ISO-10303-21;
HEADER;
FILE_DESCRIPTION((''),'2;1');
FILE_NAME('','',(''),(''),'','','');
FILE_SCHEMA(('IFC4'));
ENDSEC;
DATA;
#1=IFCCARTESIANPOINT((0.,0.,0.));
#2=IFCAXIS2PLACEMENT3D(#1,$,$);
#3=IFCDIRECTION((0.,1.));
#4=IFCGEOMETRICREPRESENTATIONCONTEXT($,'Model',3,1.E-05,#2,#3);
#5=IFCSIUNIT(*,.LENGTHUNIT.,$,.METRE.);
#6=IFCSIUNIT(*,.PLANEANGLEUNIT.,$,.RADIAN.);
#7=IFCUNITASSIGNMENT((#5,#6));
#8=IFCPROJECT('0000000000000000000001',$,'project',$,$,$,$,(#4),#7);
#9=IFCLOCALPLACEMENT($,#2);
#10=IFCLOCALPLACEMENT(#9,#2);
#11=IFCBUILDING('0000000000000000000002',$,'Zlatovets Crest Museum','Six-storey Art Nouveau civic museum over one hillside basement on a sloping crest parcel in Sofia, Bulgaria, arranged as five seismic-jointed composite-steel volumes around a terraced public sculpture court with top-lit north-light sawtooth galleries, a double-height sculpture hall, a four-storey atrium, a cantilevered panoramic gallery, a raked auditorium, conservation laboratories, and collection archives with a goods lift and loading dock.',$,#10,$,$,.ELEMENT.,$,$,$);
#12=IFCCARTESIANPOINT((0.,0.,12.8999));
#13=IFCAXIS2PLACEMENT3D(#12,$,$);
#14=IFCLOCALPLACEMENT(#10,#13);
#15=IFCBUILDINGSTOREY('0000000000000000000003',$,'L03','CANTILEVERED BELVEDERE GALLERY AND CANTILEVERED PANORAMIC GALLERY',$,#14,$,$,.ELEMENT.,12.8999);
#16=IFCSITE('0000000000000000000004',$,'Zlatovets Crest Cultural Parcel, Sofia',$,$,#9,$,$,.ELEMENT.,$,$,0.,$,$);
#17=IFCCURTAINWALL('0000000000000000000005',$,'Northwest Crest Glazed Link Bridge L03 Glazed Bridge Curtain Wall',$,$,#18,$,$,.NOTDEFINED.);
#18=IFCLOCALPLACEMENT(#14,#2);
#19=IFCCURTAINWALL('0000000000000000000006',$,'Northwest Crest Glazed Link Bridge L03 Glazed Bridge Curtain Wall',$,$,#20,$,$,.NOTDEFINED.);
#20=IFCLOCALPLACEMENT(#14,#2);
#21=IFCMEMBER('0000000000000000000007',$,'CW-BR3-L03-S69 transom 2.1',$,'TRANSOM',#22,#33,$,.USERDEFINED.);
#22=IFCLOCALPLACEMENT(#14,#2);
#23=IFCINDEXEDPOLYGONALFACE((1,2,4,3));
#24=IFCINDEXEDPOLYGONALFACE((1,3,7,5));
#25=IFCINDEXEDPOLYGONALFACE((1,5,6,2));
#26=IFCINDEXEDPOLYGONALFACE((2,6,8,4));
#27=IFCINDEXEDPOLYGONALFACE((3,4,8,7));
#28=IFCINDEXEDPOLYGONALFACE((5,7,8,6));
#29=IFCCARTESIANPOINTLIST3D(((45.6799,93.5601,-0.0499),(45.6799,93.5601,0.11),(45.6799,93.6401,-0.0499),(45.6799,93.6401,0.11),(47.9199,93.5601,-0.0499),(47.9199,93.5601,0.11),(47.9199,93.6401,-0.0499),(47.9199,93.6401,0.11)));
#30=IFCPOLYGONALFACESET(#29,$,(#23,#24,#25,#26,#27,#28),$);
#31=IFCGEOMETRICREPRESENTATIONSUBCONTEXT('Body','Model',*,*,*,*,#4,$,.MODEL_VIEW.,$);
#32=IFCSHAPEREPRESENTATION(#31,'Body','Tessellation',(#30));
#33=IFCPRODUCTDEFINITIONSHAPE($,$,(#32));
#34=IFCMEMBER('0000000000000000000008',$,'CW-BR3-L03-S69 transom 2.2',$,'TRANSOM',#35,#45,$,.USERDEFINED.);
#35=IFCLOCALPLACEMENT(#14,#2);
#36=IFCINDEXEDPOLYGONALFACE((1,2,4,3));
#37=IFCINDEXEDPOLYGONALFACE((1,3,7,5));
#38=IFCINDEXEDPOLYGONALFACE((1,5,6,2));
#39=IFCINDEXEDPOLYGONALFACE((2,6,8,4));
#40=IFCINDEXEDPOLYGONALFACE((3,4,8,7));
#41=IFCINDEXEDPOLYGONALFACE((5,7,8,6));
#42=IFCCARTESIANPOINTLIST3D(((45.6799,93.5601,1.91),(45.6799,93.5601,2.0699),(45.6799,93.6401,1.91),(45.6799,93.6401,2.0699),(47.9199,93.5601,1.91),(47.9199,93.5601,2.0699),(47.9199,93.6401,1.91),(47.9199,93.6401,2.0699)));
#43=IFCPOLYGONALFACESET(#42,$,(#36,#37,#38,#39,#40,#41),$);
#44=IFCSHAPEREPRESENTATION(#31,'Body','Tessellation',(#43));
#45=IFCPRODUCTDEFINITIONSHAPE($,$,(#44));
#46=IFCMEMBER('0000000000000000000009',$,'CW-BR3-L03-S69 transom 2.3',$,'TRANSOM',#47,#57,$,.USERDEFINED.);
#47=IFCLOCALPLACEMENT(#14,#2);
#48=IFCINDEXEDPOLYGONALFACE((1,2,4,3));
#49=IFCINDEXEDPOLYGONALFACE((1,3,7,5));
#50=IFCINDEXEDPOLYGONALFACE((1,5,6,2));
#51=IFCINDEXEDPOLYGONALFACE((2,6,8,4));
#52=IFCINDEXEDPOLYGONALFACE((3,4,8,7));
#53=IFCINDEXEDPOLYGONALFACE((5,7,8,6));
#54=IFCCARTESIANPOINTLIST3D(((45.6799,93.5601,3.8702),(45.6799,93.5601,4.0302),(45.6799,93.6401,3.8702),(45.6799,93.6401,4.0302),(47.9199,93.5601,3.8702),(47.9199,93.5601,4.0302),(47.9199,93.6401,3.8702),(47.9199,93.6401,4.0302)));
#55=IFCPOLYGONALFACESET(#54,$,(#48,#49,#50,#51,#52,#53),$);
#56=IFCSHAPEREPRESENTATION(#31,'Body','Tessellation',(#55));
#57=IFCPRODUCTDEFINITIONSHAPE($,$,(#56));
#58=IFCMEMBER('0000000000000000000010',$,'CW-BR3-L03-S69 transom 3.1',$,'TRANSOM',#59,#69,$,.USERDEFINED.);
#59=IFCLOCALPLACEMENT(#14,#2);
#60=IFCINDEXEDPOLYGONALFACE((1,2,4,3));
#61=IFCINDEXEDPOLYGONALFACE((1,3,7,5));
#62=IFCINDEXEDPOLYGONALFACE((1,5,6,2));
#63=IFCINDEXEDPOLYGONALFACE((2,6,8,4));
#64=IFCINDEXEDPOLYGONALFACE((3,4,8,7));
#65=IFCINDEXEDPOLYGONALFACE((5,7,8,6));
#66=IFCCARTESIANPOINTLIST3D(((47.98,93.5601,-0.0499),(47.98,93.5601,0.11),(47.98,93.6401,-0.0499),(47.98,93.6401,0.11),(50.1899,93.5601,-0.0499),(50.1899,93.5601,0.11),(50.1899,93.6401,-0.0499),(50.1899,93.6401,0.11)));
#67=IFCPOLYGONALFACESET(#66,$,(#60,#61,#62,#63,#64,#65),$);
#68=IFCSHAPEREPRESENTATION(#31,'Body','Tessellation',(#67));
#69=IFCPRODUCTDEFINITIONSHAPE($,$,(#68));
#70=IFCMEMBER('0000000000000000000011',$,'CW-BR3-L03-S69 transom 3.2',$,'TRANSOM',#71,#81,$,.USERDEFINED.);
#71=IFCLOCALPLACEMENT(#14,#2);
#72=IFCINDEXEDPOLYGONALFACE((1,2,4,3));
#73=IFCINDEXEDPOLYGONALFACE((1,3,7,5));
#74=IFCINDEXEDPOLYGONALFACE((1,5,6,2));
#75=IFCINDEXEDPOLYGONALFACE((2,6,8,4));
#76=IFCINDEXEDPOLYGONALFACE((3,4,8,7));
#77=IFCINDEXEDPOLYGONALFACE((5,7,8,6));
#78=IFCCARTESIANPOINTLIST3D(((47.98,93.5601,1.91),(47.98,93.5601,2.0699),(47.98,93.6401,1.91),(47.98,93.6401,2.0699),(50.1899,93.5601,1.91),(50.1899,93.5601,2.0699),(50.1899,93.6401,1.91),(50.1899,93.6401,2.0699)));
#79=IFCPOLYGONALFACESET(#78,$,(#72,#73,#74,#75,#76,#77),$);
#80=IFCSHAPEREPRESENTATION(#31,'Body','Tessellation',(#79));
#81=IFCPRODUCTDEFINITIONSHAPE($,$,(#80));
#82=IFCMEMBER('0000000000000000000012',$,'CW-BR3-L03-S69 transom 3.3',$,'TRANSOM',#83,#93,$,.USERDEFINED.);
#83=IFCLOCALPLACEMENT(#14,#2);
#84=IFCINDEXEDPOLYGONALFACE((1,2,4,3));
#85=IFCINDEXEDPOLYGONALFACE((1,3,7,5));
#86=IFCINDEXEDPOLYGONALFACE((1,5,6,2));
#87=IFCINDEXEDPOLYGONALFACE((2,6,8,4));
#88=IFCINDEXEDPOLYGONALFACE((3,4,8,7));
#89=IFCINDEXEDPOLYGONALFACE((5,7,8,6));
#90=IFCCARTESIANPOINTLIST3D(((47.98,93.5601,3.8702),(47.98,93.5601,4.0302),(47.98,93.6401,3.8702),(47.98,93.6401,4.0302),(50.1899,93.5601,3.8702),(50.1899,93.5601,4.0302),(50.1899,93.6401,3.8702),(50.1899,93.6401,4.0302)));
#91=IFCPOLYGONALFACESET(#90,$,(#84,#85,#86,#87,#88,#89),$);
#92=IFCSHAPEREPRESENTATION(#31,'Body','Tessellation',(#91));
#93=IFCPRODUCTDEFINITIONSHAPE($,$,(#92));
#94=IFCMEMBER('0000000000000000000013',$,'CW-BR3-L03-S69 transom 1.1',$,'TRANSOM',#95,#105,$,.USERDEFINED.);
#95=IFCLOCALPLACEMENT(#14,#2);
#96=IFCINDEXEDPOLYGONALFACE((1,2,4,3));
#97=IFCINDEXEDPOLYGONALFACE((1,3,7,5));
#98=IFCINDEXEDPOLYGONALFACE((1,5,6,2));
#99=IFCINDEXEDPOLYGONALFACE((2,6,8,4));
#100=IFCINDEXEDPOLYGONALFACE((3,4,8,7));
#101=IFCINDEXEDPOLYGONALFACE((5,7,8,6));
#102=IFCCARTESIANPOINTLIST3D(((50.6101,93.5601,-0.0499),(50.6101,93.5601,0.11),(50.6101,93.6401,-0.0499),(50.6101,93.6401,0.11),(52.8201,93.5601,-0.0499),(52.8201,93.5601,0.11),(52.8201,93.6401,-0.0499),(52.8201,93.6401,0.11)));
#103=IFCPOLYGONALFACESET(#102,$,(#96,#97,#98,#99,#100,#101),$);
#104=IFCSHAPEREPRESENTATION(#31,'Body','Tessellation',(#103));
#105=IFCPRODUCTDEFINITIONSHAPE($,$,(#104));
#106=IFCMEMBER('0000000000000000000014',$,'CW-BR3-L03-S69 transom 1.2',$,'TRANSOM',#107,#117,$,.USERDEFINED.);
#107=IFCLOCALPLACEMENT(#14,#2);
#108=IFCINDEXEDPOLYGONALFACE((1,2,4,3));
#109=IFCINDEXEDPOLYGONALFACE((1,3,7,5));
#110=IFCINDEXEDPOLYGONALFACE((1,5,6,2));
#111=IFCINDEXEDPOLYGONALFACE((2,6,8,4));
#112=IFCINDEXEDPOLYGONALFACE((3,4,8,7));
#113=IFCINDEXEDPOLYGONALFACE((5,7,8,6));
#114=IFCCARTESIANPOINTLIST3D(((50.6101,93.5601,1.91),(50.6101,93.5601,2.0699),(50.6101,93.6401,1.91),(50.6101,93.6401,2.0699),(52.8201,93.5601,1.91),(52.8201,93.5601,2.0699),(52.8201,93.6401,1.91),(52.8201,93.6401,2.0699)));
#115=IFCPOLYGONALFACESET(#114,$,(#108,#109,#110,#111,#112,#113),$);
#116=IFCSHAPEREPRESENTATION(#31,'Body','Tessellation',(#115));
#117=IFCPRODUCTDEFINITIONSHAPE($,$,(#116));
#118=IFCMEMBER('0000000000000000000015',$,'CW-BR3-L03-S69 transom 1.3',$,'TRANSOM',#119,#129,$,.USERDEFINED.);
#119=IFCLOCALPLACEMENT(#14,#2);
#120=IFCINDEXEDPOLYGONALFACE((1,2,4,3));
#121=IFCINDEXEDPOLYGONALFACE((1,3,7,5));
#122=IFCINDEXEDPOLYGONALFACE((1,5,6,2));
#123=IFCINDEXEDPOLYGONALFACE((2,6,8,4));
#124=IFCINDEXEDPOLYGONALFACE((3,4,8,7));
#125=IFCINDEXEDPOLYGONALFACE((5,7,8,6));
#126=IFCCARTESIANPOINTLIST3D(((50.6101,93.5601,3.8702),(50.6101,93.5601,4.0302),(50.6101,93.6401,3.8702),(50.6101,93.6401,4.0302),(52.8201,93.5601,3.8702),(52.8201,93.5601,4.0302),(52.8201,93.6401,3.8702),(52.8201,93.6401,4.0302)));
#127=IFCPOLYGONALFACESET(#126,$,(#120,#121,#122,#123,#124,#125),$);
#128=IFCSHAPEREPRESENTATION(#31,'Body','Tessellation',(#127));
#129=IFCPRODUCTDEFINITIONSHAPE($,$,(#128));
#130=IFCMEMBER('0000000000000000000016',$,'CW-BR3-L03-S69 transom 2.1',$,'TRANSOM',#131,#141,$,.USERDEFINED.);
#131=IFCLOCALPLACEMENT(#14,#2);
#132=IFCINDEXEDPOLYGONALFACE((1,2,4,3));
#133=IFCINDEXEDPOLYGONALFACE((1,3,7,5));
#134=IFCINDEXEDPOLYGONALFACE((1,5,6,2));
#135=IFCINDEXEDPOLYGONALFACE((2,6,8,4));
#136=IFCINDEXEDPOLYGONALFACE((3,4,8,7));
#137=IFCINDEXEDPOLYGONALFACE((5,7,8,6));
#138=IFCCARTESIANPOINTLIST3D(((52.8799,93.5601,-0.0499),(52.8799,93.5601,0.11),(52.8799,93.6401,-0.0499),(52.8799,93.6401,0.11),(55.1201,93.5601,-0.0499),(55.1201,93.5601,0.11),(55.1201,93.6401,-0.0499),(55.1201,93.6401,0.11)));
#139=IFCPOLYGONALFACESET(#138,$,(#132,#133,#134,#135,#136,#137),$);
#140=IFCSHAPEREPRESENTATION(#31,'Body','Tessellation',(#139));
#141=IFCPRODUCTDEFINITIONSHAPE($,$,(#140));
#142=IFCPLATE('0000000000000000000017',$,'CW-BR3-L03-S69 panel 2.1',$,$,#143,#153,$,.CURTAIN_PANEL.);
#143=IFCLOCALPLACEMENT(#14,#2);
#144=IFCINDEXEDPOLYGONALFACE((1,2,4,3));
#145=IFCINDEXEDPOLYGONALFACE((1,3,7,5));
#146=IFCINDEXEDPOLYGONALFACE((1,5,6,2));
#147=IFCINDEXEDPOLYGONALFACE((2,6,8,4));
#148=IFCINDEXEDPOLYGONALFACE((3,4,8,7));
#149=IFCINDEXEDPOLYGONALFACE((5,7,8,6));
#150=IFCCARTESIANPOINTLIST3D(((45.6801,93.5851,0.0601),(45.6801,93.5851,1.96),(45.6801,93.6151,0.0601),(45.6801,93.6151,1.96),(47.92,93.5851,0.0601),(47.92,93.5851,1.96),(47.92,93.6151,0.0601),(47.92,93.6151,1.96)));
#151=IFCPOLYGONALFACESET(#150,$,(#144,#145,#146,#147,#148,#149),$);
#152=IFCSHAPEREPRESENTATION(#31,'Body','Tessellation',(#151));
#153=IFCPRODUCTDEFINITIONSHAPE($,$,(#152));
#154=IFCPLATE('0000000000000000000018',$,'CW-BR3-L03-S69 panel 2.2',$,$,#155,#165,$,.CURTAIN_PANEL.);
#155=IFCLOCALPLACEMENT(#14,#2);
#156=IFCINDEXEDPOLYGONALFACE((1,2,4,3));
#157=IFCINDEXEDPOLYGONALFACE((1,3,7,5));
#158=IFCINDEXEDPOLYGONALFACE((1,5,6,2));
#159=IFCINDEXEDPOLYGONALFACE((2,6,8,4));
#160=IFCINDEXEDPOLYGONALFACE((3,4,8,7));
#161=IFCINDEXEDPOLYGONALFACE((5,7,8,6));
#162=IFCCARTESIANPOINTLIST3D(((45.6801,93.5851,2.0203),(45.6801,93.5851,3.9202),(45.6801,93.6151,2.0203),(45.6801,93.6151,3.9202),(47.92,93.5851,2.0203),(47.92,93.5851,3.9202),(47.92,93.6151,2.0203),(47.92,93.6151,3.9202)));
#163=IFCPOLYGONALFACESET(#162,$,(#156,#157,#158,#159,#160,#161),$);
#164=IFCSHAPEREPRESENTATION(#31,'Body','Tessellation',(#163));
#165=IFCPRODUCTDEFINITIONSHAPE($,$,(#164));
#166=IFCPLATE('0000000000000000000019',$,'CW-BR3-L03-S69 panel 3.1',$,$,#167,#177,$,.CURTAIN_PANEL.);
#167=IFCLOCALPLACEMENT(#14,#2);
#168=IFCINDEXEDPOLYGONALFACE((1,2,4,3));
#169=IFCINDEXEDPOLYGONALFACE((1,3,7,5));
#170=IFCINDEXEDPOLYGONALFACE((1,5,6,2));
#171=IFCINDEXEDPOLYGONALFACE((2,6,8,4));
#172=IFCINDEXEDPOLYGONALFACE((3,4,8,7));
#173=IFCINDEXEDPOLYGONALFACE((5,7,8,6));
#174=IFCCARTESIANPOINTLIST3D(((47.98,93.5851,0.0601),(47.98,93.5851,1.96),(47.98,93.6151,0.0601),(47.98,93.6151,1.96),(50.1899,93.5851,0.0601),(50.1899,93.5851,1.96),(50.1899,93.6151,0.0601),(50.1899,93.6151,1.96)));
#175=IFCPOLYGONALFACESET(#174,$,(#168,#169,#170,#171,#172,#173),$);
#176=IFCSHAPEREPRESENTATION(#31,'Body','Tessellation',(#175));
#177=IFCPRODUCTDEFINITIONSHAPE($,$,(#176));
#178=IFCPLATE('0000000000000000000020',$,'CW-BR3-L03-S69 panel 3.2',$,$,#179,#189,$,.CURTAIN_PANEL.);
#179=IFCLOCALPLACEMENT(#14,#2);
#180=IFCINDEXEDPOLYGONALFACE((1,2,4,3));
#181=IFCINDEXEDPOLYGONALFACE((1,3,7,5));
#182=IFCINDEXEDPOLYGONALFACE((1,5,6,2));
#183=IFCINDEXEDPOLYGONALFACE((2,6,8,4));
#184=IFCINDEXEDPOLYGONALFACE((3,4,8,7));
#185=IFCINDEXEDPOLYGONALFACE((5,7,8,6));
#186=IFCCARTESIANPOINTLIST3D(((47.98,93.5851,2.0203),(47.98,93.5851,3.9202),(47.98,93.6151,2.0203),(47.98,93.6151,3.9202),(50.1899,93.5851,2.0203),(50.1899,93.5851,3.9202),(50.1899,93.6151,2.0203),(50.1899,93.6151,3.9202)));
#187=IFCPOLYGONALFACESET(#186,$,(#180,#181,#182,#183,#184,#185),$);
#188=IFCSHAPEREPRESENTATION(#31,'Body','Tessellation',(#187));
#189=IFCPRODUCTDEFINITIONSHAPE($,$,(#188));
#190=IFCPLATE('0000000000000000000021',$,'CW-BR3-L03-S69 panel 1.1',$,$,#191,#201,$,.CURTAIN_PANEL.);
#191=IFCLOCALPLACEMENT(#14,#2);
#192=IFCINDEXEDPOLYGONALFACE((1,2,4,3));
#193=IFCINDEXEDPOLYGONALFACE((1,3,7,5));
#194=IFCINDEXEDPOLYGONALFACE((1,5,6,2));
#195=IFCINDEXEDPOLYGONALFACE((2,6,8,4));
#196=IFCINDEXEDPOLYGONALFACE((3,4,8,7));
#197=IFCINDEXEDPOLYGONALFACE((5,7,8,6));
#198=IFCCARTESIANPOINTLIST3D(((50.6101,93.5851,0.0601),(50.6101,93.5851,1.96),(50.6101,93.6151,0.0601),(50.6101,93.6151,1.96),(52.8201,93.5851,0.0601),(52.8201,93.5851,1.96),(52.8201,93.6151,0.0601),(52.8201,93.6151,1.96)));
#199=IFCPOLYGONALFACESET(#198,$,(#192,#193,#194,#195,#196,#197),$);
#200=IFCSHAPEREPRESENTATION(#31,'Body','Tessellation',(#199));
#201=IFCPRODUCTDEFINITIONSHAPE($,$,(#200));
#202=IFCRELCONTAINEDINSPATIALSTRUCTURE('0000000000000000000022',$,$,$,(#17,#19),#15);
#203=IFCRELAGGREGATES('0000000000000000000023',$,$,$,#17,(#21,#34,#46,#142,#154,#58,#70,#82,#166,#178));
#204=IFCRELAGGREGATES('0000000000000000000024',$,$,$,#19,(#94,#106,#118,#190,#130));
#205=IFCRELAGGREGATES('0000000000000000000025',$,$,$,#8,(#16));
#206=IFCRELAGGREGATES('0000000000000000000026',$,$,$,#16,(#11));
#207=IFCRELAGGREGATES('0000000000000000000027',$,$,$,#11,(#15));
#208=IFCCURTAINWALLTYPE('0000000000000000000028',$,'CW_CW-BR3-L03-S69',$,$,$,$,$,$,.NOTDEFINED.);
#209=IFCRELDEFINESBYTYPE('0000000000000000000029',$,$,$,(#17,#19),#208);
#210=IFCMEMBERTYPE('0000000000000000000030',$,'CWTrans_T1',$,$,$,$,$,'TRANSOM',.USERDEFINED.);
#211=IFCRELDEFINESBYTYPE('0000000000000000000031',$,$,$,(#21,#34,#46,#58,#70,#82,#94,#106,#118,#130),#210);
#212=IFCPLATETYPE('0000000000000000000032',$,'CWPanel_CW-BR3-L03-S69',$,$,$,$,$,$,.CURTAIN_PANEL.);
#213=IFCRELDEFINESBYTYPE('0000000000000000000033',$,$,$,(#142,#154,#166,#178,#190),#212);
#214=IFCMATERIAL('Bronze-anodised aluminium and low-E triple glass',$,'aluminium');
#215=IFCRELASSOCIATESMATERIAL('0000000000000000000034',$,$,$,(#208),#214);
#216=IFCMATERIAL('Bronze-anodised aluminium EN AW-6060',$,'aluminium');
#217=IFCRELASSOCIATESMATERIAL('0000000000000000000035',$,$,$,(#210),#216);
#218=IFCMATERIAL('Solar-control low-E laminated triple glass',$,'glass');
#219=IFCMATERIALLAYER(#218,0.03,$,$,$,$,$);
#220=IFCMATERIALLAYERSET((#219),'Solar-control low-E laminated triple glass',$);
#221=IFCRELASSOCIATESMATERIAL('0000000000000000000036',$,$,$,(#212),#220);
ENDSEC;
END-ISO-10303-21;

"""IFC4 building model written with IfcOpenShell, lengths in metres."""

from ifc_helpers import new_model, si_unit, direction, frame, origin, origin_2d, place, context, subcontext, project, spatial, rectangle, extrude, material, layer, layer_set, material_profile, profile_set, type_object, element, aggregate, save


model = new_model("IFC4")

# Units and contexts
model_context = context("Model", 3, precision=1e-05, world=origin(), true_north=direction((0.0, 1.0)))
body_context = subcontext(model_context, "Body", "Model", "MODEL_VIEW")
ifc_project = project(units=[si_unit("LENGTHUNIT", "METRE"), si_unit("PLANEANGLEUNIT", "RADIAN")], contexts=[model_context])

# Site, building, storey
site_placement = place(None, origin())
site = spatial("IfcSite", under=ifc_project, at=site_placement, Name="Zlatovets Crest Cultural Parcel, Sofia", CompositionType="ELEMENT", RefElevation=0.0)
building_placement = place(site_placement, origin())
building = spatial("IfcBuilding", under=site, at=building_placement, Name="Zlatovets Crest Museum", Description="Six-storey Art Nouveau civic museum over one hillside basement on a sloping crest parcel in Sofia, Bulgaria, arranged as five seismic-jointed composite-steel volumes around a terraced public sculpture court with top-lit north-light sawtooth galleries, a double-height sculpture hall, a four-storey atrium, a cantilevered panoramic gallery, a raked auditorium, conservation laboratories, and collection archives with a goods lift and loading dock.", CompositionType="ELEMENT")
storey_placement = place(building_placement, frame((0.0, 0.0, 12.8999)))
storey = spatial("IfcBuildingStorey", under=building, at=storey_placement, Name="L03", Description="CANTILEVERED BELVEDERE GALLERY AND CANTILEVERED PANORAMIC GALLERY", CompositionType="ELEMENT", Elevation=12.8999)

# Curtain walls
ifc_material_1 = material(Name="Bronze-anodised aluminium and low-E triple glass", Category="aluminium")
curtain_wall_type = type_object("IfcCurtainWallType", Name="CW_CW-BR3-L03-S69", PredefinedType="NOTDEFINED", material=ifc_material_1)
curtain_wall_1_placement = place(storey_placement, origin())
curtain_wall_1 = element("IfcCurtainWall", 1, at=curtain_wall_1_placement, inside=storey, type_object=curtain_wall_type, Name="Northwest Crest Glazed Link Bridge L03 Glazed Bridge Curtain Wall", PredefinedType="NOTDEFINED")
ifc_material_2 = material(Name="Bronze-anodised aluminium EN AW-6060", Category="aluminium")
curtain_wall_2_placement = place(storey_placement, origin())
curtain_wall_2 = element("IfcCurtainWall", 2, at=curtain_wall_2_placement, inside=storey, type_object=curtain_wall_type, Name="Northwest Crest Glazed Link Bridge L03 Glazed Bridge Curtain Wall", PredefinedType="NOTDEFINED")

# Members
ifc_material_profile_1 = material_profile(ifc_material_2, rectangle(XDim=0.0801, YDim=0.1599, at=origin_2d()), Name="ALU 80x160")
ifc_profile_set_1 = profile_set([ifc_material_profile_1], Name="Bronze-anodised aluminium EN AW-6060")
member_type_1 = type_object("IfcMemberType", Name="CWTrans_T1", ElementType="TRANSOM", PredefinedType="USERDEFINED", material=ifc_profile_set_1)
member_1_placement = place(storey_placement, frame((45.6799, 93.6001, 0.03), z_axis=(1.0, 0.0, 0.0), x_axis=(0.0, 1.0, 0.0)))
member_1 = element("IfcMember", 3, at=member_1_placement, type_object=member_type_1, Name="CW-BR3-L03-S69 transom 2.1", ObjectType="TRANSOM", PredefinedType="USERDEFINED", context=body_context, shape_type="SweptSolid", body=[
    extrude(rectangle(XDim=0.0801, YDim=0.1599, at=origin_2d()), origin(), (0.0, 0.0, 1.0), 2.24),
])
member_2_placement = place(storey_placement, frame((45.6799, 93.6001, 1.99), z_axis=(1.0, 0.0, 0.0), x_axis=(0.0, 1.0, 0.0)))
member_2 = element("IfcMember", 4, at=member_2_placement, type_object=member_type_1, Name="CW-BR3-L03-S69 transom 2.2", ObjectType="TRANSOM", PredefinedType="USERDEFINED", context=body_context, shape_type="SweptSolid", body=[
    extrude(rectangle(XDim=0.0801, YDim=0.1599, at=origin_2d()), origin(), (0.0, 0.0, 1.0), 2.24),
])
member_3_placement = place(storey_placement, frame((45.6799, 93.6001, 3.9502), z_axis=(1.0, 0.0, 0.0), x_axis=(0.0, 1.0, 0.0)))
member_3 = element("IfcMember", 5, at=member_3_placement, type_object=member_type_1, Name="CW-BR3-L03-S69 transom 2.3", ObjectType="TRANSOM", PredefinedType="USERDEFINED", context=body_context, shape_type="SweptSolid", body=[
    extrude(rectangle(XDim=0.0801, YDim=0.1599, at=origin_2d()), origin(), (0.0, 0.0, 1.0), 2.24),
])
member_4_placement = place(storey_placement, frame((47.98, 93.6001, 0.03), z_axis=(1.0, 0.0, 0.0), x_axis=(0.0, 1.0, 0.0)))
member_4 = element("IfcMember", 6, at=member_4_placement, type_object=member_type_1, Name="CW-BR3-L03-S69 transom 3.1", ObjectType="TRANSOM", PredefinedType="USERDEFINED", context=body_context, shape_type="SweptSolid", body=[
    extrude(rectangle(XDim=0.0801, YDim=0.1599, at=origin_2d()), origin(), (0.0, 0.0, 1.0), 2.21),
])
member_5_placement = place(storey_placement, frame((47.98, 93.6001, 1.99), z_axis=(1.0, 0.0, 0.0), x_axis=(0.0, 1.0, 0.0)))
member_5 = element("IfcMember", 7, at=member_5_placement, type_object=member_type_1, Name="CW-BR3-L03-S69 transom 3.2", ObjectType="TRANSOM", PredefinedType="USERDEFINED", context=body_context, shape_type="SweptSolid", body=[
    extrude(rectangle(XDim=0.0801, YDim=0.1599, at=origin_2d()), origin(), (0.0, 0.0, 1.0), 2.21),
])
member_6_placement = place(storey_placement, frame((47.98, 93.6001, 3.9502), z_axis=(1.0, 0.0, 0.0), x_axis=(0.0, 1.0, 0.0)))
member_6 = element("IfcMember", 8, at=member_6_placement, type_object=member_type_1, Name="CW-BR3-L03-S69 transom 3.3", ObjectType="TRANSOM", PredefinedType="USERDEFINED", context=body_context, shape_type="SweptSolid", body=[
    extrude(rectangle(XDim=0.0801, YDim=0.1599, at=origin_2d()), origin(), (0.0, 0.0, 1.0), 2.21),
])
member_7_placement = place(storey_placement, frame((50.6101, 93.6001, 0.03), z_axis=(1.0, 0.0, 0.0), x_axis=(0.0, 1.0, 0.0)))
member_7 = element("IfcMember", 9, at=member_7_placement, type_object=member_type_1, Name="CW-BR3-L03-S69 transom 1.1", ObjectType="TRANSOM", PredefinedType="USERDEFINED", context=body_context, shape_type="SweptSolid", body=[
    extrude(rectangle(XDim=0.0801, YDim=0.1599, at=origin_2d()), origin(), (0.0, 0.0, 1.0), 2.21),
])
member_8_placement = place(storey_placement, frame((50.6101, 93.6001, 1.99), z_axis=(1.0, 0.0, 0.0), x_axis=(0.0, 1.0, 0.0)))
member_8 = element("IfcMember", 10, at=member_8_placement, type_object=member_type_1, Name="CW-BR3-L03-S69 transom 1.2", ObjectType="TRANSOM", PredefinedType="USERDEFINED", context=body_context, shape_type="SweptSolid", body=[
    extrude(rectangle(XDim=0.0801, YDim=0.1599, at=origin_2d()), origin(), (0.0, 0.0, 1.0), 2.21),
])
member_9_placement = place(storey_placement, frame((50.6101, 93.6001, 3.9502), z_axis=(1.0, 0.0, 0.0), x_axis=(0.0, 1.0, 0.0)))
member_9 = element("IfcMember", 11, at=member_9_placement, type_object=member_type_1, Name="CW-BR3-L03-S69 transom 1.3", ObjectType="TRANSOM", PredefinedType="USERDEFINED", context=body_context, shape_type="SweptSolid", body=[
    extrude(rectangle(XDim=0.0801, YDim=0.1599, at=origin_2d()), origin(), (0.0, 0.0, 1.0), 2.21),
])
member_10_placement = place(storey_placement, frame((52.8799, 93.6001, 0.03), z_axis=(1.0, 0.0, 0.0), x_axis=(0.0, 1.0, 0.0)))
member_10 = element("IfcMember", 12, at=member_10_placement, type_object=member_type_1, Name="CW-BR3-L03-S69 transom 2.1", ObjectType="TRANSOM", PredefinedType="USERDEFINED", context=body_context, shape_type="SweptSolid", body=[
    extrude(rectangle(XDim=0.0801, YDim=0.1599, at=origin_2d()), origin(), (0.0, 0.0, 1.0), 2.2402),
])

# Plates
ifc_material_3 = material(Name="Solar-control low-E laminated triple glass", Category="glass")
ifc_layer = layer(ifc_material_3, 0.03)
ifc_layer_set = layer_set([ifc_layer], Name="Solar-control low-E laminated triple glass")
plate_type = type_object("IfcPlateType", Name="CWPanel_CW-BR3-L03-S69", PredefinedType="CURTAIN_PANEL", material=ifc_layer_set)
plate_1_placement = place(storey_placement, frame((46.8, 93.6001, 0.0601), z_axis=(0.0, 0.0, 1.0), x_axis=(1.0, 0.0, 0.0)))
plate_1 = element("IfcPlate", 13, at=plate_1_placement, type_object=plate_type, Name="CW-BR3-L03-S69 panel 2.1", PredefinedType="CURTAIN_PANEL", context=body_context, shape_type="SweptSolid", body=[
    extrude(rectangle(XDim=2.24, YDim=0.03, at=origin_2d()), origin(), (0.0, 0.0, 1.0), 1.8999),
])
plate_2_placement = place(storey_placement, frame((46.8, 93.6001, 2.0203), z_axis=(0.0, 0.0, 1.0), x_axis=(1.0, 0.0, 0.0)))
plate_2 = element("IfcPlate", 14, at=plate_2_placement, type_object=plate_type, Name="CW-BR3-L03-S69 panel 2.2", PredefinedType="CURTAIN_PANEL", context=body_context, shape_type="SweptSolid", body=[
    extrude(rectangle(XDim=2.24, YDim=0.03, at=origin_2d()), origin(), (0.0, 0.0, 1.0), 1.8999),
])
plate_3_placement = place(storey_placement, frame((49.085, 93.6001, 0.0601), z_axis=(0.0, 0.0, 1.0), x_axis=(1.0, 0.0, 0.0)))
plate_3 = element("IfcPlate", 15, at=plate_3_placement, type_object=plate_type, Name="CW-BR3-L03-S69 panel 3.1", PredefinedType="CURTAIN_PANEL", context=body_context, shape_type="SweptSolid", body=[
    extrude(rectangle(XDim=2.21, YDim=0.03, at=origin_2d()), origin(), (0.0, 0.0, 1.0), 1.8999),
])
plate_4_placement = place(storey_placement, frame((49.085, 93.6001, 2.0203), z_axis=(0.0, 0.0, 1.0), x_axis=(1.0, 0.0, 0.0)))
plate_4 = element("IfcPlate", 16, at=plate_4_placement, type_object=plate_type, Name="CW-BR3-L03-S69 panel 3.2", PredefinedType="CURTAIN_PANEL", context=body_context, shape_type="SweptSolid", body=[
    extrude(rectangle(XDim=2.21, YDim=0.03, at=origin_2d()), origin(), (0.0, 0.0, 1.0), 1.8999),
])
aggregate(curtain_wall_1, [member_1, member_2, member_3, plate_1, plate_2, member_4, member_5, member_6, plate_3, plate_4])
plate_5_placement = place(storey_placement, frame((51.7151, 93.6001, 0.0601), z_axis=(0.0, 0.0, 1.0), x_axis=(1.0, 0.0, 0.0)))
plate_5 = element("IfcPlate", 17, at=plate_5_placement, type_object=plate_type, Name="CW-BR3-L03-S69 panel 1.1", PredefinedType="CURTAIN_PANEL", context=body_context, shape_type="SweptSolid", body=[
    extrude(rectangle(XDim=2.21, YDim=0.03, at=origin_2d()), origin(), (0.0, 0.0, 1.0), 1.8999),
])
aggregate(curtain_wall_2, [member_7, member_8, member_9, plate_5, member_10])

save(model, "model.ifc")
